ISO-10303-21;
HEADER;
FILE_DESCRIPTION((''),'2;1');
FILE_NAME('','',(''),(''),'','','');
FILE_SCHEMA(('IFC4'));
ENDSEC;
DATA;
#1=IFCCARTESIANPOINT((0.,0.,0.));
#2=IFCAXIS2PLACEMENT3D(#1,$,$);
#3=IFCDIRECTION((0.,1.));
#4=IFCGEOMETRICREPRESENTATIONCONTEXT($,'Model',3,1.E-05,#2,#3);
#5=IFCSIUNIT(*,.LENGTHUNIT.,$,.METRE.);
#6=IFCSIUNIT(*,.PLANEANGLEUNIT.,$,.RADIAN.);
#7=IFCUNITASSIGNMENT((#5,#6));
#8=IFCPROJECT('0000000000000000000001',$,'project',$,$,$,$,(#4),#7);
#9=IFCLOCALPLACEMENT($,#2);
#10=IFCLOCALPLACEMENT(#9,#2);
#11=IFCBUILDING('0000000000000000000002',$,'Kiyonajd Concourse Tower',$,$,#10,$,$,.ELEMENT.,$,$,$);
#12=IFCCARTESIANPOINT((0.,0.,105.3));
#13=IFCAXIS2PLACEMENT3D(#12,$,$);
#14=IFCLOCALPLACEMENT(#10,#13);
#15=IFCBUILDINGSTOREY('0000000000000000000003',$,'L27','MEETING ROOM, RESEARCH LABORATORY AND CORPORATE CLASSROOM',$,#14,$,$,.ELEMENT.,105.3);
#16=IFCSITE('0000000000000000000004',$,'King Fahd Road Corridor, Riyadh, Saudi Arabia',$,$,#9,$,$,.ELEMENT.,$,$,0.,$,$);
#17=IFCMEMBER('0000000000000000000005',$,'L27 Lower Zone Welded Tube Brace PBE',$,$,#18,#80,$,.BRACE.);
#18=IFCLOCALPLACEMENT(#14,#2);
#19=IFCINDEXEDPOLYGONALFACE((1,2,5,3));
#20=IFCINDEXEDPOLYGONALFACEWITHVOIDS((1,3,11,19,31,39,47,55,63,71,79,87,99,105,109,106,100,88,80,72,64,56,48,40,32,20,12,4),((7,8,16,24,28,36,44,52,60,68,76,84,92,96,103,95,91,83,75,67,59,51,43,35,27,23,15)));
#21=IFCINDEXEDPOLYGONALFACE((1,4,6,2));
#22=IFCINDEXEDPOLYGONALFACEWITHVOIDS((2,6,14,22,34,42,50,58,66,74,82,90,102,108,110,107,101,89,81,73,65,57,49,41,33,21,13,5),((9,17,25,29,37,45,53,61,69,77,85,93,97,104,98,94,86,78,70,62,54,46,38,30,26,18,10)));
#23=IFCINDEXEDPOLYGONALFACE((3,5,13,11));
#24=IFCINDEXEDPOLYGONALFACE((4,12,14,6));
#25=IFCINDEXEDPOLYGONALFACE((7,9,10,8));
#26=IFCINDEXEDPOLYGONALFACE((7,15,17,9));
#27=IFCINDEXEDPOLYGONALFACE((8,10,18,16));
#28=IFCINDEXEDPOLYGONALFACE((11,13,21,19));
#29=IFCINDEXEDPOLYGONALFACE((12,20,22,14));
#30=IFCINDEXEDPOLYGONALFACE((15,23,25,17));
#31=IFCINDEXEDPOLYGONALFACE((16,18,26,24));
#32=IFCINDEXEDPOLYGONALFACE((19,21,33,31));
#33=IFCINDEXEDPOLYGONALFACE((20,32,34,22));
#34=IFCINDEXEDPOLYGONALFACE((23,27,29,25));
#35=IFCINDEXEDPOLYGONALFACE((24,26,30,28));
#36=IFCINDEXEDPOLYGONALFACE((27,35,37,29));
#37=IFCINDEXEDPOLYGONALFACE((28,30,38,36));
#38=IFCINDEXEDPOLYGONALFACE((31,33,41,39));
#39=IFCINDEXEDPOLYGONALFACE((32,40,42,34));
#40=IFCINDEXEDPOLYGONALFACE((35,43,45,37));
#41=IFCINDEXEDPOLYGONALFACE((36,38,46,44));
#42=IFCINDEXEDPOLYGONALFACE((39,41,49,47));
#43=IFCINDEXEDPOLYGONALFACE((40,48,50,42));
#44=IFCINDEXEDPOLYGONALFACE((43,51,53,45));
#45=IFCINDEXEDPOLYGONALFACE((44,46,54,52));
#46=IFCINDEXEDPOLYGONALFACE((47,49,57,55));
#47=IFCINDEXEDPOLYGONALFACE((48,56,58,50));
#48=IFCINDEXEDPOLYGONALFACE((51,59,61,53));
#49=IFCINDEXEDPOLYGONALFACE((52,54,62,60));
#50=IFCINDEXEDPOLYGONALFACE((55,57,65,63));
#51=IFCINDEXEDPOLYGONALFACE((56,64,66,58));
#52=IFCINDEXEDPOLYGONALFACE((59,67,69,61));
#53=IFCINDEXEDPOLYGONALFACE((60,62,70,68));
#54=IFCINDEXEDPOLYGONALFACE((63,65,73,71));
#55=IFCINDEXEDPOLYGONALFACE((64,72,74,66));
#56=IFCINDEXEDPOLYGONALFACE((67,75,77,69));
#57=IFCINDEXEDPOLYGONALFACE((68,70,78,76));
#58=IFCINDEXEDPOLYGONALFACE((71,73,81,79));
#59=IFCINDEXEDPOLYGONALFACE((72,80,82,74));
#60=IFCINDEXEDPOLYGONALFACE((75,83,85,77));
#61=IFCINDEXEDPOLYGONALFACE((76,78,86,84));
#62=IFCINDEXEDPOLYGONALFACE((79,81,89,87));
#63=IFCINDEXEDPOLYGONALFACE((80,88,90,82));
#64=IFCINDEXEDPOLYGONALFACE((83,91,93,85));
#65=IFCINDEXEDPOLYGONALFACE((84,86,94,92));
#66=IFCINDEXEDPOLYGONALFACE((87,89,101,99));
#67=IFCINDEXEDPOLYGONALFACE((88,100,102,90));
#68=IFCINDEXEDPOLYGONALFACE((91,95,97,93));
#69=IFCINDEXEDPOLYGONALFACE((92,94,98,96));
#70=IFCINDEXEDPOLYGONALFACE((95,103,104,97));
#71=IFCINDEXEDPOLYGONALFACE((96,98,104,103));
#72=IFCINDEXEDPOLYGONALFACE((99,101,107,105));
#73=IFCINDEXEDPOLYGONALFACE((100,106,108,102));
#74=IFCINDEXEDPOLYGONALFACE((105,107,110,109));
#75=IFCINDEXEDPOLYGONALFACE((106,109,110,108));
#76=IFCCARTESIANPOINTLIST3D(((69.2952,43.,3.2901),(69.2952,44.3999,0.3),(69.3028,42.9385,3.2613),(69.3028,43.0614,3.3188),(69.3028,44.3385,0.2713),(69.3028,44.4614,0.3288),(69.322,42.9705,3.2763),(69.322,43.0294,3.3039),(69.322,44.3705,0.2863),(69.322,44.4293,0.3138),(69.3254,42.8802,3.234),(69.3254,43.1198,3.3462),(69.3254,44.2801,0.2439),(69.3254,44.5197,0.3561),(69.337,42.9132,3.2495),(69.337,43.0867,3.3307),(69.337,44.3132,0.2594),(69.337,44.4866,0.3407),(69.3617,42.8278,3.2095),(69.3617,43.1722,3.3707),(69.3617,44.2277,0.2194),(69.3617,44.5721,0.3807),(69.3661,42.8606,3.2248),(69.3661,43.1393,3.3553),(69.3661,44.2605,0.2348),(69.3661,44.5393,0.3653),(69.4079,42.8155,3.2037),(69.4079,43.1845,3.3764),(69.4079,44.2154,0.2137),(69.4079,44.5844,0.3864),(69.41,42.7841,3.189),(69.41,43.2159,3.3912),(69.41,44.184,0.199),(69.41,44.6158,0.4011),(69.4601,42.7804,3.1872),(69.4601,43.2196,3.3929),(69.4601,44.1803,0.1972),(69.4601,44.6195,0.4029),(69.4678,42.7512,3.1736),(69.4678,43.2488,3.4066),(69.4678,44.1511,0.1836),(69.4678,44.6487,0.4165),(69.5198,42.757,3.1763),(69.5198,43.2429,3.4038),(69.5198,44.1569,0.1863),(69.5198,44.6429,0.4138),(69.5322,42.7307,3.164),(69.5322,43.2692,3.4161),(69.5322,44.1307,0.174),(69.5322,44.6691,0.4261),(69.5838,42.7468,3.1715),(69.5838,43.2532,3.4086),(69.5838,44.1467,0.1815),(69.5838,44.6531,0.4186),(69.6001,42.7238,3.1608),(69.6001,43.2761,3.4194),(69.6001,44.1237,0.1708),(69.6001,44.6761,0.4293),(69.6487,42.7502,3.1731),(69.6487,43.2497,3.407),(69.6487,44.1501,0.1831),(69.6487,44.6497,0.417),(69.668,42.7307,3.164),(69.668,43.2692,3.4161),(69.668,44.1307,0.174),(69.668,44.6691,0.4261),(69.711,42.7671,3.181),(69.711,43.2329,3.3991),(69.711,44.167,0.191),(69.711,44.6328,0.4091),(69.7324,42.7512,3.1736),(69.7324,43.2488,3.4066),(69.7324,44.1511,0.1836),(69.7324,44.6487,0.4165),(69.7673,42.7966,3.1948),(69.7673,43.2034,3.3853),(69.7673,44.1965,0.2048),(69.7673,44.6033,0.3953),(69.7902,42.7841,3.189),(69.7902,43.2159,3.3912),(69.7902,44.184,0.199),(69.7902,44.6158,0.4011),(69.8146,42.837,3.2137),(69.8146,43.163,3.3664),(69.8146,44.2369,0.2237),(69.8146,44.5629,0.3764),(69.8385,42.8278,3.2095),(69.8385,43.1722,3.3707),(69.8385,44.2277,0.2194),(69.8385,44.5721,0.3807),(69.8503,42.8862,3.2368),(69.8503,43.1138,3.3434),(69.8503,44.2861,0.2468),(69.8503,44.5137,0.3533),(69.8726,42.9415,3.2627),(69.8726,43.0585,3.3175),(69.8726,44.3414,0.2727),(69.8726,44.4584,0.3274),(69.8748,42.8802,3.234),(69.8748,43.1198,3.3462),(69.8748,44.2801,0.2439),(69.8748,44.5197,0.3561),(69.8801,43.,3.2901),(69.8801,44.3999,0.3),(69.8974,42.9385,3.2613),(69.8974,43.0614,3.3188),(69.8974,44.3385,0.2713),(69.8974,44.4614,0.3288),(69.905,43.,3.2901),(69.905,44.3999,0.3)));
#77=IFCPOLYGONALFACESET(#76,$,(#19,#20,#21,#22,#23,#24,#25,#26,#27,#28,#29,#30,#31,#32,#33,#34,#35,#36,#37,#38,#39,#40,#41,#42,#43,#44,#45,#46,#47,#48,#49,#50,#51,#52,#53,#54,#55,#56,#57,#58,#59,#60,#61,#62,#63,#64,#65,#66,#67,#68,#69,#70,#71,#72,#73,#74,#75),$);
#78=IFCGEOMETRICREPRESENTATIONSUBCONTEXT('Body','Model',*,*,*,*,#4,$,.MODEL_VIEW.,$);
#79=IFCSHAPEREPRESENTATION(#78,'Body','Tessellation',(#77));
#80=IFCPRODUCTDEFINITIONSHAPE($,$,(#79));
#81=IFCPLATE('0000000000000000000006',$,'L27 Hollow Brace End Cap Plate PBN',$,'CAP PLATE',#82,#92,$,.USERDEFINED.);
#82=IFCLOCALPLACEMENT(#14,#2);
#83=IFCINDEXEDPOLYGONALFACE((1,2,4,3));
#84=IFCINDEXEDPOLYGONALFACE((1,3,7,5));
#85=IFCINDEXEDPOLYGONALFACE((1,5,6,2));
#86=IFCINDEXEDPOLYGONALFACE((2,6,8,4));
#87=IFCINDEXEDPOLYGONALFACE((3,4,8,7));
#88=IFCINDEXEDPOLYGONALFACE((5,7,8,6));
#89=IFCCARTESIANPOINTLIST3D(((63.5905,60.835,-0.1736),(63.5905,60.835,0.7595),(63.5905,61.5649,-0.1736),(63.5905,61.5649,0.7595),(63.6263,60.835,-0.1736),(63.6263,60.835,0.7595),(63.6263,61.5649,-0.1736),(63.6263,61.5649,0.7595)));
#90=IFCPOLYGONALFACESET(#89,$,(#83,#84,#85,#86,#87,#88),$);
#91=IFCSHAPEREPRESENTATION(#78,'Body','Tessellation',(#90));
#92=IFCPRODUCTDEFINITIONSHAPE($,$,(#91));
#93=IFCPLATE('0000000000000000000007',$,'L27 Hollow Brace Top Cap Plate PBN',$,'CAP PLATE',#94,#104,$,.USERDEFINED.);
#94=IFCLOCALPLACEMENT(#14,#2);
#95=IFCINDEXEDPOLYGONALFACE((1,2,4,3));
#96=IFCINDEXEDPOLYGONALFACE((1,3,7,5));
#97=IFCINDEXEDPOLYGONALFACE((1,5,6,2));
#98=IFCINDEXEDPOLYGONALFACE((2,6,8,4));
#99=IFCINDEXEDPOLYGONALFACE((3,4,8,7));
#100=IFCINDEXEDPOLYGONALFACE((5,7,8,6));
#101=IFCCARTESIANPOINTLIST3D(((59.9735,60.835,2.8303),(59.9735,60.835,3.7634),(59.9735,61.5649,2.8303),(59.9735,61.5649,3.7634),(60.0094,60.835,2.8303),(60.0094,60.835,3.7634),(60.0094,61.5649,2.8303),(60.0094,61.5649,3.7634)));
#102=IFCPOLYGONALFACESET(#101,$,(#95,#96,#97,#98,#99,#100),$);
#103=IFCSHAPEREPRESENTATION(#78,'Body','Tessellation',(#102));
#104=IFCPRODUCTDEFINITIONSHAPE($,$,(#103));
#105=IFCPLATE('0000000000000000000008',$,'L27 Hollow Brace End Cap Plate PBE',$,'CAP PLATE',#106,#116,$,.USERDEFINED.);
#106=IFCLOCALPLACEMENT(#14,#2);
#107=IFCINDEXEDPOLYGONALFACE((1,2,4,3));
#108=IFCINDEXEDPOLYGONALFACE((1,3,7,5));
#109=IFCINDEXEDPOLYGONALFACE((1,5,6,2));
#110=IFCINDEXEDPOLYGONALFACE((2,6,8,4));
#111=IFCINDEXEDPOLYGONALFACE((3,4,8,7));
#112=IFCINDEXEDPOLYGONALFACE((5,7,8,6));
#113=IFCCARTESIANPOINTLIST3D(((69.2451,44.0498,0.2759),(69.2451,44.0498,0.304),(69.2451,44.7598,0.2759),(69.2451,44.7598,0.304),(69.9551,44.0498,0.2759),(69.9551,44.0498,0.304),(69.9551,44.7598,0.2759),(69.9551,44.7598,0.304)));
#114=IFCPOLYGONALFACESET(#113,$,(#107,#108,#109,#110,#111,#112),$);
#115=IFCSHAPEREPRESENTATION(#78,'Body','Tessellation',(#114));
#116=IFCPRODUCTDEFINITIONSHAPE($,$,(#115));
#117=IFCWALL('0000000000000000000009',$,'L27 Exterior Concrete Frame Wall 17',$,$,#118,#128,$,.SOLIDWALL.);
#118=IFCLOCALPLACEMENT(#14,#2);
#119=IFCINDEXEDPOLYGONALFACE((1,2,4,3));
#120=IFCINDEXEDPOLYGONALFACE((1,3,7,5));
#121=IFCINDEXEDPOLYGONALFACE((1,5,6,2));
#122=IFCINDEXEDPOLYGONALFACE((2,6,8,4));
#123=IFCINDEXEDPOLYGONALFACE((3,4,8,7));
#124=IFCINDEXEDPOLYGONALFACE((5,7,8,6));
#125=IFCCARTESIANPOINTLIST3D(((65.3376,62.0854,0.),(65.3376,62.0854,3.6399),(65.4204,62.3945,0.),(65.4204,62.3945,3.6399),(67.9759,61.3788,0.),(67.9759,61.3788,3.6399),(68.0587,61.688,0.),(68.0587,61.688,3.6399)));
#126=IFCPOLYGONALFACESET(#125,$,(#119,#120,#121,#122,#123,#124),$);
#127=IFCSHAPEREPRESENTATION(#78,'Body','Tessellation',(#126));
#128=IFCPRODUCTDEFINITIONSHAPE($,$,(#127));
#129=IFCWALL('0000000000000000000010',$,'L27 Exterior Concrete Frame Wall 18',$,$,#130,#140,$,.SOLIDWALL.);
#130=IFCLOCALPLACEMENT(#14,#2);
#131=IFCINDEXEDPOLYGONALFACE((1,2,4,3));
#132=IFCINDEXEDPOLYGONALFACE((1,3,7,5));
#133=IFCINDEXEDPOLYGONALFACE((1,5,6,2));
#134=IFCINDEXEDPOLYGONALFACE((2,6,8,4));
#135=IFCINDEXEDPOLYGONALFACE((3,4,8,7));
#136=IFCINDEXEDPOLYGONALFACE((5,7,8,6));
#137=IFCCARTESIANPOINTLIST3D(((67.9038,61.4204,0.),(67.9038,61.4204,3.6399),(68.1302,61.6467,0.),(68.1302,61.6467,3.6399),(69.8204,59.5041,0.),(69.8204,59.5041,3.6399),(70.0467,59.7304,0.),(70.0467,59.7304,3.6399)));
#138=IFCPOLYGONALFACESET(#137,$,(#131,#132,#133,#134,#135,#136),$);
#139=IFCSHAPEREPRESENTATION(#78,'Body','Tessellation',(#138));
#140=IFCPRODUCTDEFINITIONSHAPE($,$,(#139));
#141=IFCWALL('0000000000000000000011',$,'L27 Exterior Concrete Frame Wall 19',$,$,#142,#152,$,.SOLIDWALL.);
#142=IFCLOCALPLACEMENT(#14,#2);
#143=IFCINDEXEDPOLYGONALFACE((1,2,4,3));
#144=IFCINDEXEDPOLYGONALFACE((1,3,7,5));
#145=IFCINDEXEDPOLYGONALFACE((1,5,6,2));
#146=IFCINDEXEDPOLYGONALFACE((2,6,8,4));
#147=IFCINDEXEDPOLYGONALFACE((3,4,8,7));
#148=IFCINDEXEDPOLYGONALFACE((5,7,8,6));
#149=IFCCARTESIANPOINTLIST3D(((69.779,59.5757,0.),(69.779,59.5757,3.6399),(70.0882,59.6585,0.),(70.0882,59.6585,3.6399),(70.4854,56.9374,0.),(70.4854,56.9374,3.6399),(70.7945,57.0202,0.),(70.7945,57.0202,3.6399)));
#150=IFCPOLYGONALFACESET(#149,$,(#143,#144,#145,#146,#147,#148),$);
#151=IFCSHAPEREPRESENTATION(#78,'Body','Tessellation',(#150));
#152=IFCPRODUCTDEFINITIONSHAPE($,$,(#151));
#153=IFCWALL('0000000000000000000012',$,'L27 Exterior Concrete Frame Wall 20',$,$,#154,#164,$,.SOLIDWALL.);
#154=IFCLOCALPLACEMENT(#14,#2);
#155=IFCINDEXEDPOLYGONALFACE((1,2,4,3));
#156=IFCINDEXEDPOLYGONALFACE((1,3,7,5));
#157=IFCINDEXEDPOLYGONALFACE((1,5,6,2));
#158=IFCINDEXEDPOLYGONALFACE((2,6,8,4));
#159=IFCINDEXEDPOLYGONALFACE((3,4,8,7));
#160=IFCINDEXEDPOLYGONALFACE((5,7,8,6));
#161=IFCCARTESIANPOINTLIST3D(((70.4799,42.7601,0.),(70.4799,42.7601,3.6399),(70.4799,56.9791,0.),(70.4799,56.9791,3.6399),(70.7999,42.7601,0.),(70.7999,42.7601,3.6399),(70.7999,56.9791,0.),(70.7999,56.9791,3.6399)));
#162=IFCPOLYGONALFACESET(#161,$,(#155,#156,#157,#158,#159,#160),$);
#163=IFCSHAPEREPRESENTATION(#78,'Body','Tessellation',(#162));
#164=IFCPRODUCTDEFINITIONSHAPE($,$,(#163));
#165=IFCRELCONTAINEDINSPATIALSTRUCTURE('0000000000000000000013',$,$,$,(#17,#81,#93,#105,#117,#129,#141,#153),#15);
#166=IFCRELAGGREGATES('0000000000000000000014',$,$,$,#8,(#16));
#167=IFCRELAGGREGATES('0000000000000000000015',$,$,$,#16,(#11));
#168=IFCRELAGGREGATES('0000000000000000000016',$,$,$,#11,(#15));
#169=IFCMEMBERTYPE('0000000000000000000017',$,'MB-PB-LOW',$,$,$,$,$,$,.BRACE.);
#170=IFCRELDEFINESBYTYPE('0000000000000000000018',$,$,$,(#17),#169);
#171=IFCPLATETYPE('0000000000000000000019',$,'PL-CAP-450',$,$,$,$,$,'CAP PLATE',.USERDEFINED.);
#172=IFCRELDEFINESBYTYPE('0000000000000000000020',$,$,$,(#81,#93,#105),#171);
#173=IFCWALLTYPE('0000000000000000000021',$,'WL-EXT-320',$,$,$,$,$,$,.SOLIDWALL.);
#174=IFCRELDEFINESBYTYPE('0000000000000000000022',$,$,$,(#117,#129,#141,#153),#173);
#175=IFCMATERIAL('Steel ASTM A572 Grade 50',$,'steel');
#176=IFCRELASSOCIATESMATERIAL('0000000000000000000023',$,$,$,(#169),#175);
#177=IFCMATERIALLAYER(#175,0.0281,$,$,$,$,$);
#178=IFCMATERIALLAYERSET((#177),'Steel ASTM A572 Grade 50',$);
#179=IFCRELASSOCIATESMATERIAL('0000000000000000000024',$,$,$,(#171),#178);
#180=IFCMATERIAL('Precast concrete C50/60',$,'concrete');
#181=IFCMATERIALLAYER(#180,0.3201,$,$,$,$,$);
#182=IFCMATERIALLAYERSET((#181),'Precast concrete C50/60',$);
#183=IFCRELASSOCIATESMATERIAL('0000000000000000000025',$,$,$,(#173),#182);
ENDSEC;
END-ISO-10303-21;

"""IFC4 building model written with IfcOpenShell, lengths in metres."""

from ifc_helpers import new_model, si_unit, direction, frame, frame_2d, origin, origin_2d, place, context, subcontext, project, spatial, rectangle, hollow_circle, extrude, material, layer, layer_set, material_profile, profile_set, type_object, element, save


model = new_model("IFC4")

# Units and contexts
model_context = context("Model", 3, precision=1e-05, world=origin(), true_north=direction((0.0, 1.0)))
body_context = subcontext(model_context, "Body", "Model", "MODEL_VIEW")
ifc_project = project(units=[si_unit("LENGTHUNIT", "METRE"), si_unit("PLANEANGLEUNIT", "RADIAN")], contexts=[model_context])

# Site, building, storey
site_placement = place(None, origin())
site = spatial("IfcSite", under=ifc_project, at=site_placement, Name="King Fahd Road Corridor, Riyadh, Saudi Arabia", CompositionType="ELEMENT", RefElevation=0.0)
building_placement = place(site_placement, origin())
building = spatial("IfcBuilding", under=site, at=building_placement, Name="Kiyonajd Concourse Tower", CompositionType="ELEMENT")
storey_placement = place(building_placement, frame((0.0, 0.0, 105.3)))
storey = spatial("IfcBuildingStorey", under=building, at=storey_placement, Name="L27", Description="MEETING ROOM, RESEARCH LABORATORY AND CORPORATE CLASSROOM", CompositionType="ELEMENT", Elevation=105.3)

# Shared definitions
ifc_material_1 = material(Name="Precast concrete C50/60", Category="concrete")

# Member
ifc_material_2 = material(Name="Steel ASTM A572 Grade 50", Category="steel")
ifc_material_profile_1 = material_profile(ifc_material_2, hollow_circle(Radius=0.3049, WallThickness=0.0249, at=origin_2d()), Name="CHS-610x25")
ifc_profile_set_1 = profile_set([ifc_material_profile_1], Name="Steel ASTM A572 Grade 50")
member_type = type_object("IfcMemberType", Name="MB-PB-LOW", PredefinedType="BRACE", material=ifc_profile_set_1)
member_1_placement = place(storey_placement, frame((69.6001, 44.3999, 0.3), z_axis=(0.0, -0.424023, 0.905652), x_axis=(1.0, 0.0, 0.0)))
element("IfcMember", 1, at=member_1_placement, inside=storey, type_object=member_type, Name="L27 Lower Zone Welded Tube Brace PBE", PredefinedType="BRACE", context=body_context, shape_type="SweptSolid", body=[
    extrude(hollow_circle(Radius=0.3049, WallThickness=0.0249, at=origin_2d()), origin(), (0.0, 0.0, 1.0), 3.3015),
])

# Plates
ifc_layer_1 = layer(ifc_material_2, 0.0281)
ifc_layer_set_1 = layer_set([ifc_layer_1], Name="Steel ASTM A572 Grade 50")
plate_type = type_object("IfcPlateType", Name="PL-CAP-450", ElementType="CAP PLATE", PredefinedType="USERDEFINED", material=ifc_layer_set_1)
for number, where, z_axis, x_axis, name in (
    (2, (63.6084, 61.2, -0.1736), (0.0, 0.0, 1.0), (1.0, 0.0, 0.0), "L27 Hollow Brace End Cap Plate PBN"),
    (3, (59.9915, 61.2, 2.8303), (0.0, 0.0, 1.0), (-1.0, 0.0, 0.0), "L27 Hollow Brace Top Cap Plate PBN"),
):
    element("IfcPlate", number, at=place(storey_placement, frame(where, z_axis=z_axis, x_axis=x_axis)), inside=storey, type_object=plate_type, Name=name, ObjectType="CAP PLATE", PredefinedType="USERDEFINED", context=body_context, shape_type="SweptSolid", body=[
        extrude(rectangle(XDim=0.0359, YDim=0.73, at=origin_2d()), origin(), (0.0, 0.0, 1.0), 0.9331),
    ])
plate_placement = place(storey_placement, frame((69.6001, 44.4048, 0.2759), z_axis=(0.0, 0.0, 1.0), x_axis=(1.0, 0.0, 0.0)))
element("IfcPlate", 4, at=plate_placement, inside=storey, type_object=plate_type, Name="L27 Hollow Brace End Cap Plate PBE", ObjectType="CAP PLATE", PredefinedType="USERDEFINED", context=body_context, shape_type="SweptSolid", body=[
    extrude(rectangle(XDim=0.71, YDim=0.71, at=origin_2d()), origin(), (0.0, 0.0, 1.0), 0.0281),
])

# Walls
ifc_layer_2 = layer(ifc_material_1, 0.3201)
ifc_layer_set_2 = layer_set([ifc_layer_2], Name="Precast concrete C50/60")
wall_type = type_object("IfcWallType", Name="WL-EXT-320", PredefinedType="SOLIDWALL", material=ifc_layer_set_2)
wall_1_placement = place(storey_placement, frame((65.3789, 62.24, 0.0), z_axis=(0.0, 0.0, 1.0), x_axis=(0.965958, -0.258697, 0.0)))
element("IfcWall", 5, at=wall_1_placement, inside=storey, type_object=wall_type, Name="L27 Exterior Concrete Frame Wall 17", PredefinedType="SOLIDWALL", context=body_context, shape_type="SweptSolid", body=[
    extrude(rectangle(XDim=2.7312, YDim=0.3201, at=frame_2d((1.3657, 0.0))), origin(), (0.0, 0.0, 1.0), 3.6399),
])
wall_2_placement = place(storey_placement, frame((68.0171, 61.5334, 0.0), z_axis=(0.0, 0.0, 1.0), x_axis=(0.707152, -0.707062, 0.0)))
element("IfcWall", 6, at=wall_2_placement, inside=storey, type_object=wall_type, Name="L27 Exterior Concrete Frame Wall 18", PredefinedType="SOLIDWALL", context=body_context, shape_type="SweptSolid", body=[
    extrude(rectangle(XDim=2.7102, YDim=0.3201, at=frame_2d((1.355, 0.0))), origin(), (0.0, 0.0, 1.0), 3.6399),
])
wall_3_placement = place(storey_placement, frame((69.9336, 59.6172, 0.0), z_axis=(0.0, 0.0, 1.0), x_axis=(0.258614, -0.965981, 0.0)))
element("IfcWall", 7, at=wall_3_placement, inside=storey, type_object=wall_type, Name="L27 Exterior Concrete Frame Wall 19", PredefinedType="SOLIDWALL", context=body_context, shape_type="SweptSolid", body=[
    extrude(rectangle(XDim=2.7312, YDim=0.3201, at=frame_2d((1.3657, 0.0))), origin(), (0.0, 0.0, 1.0), 3.6399),
])
wall_4_placement = place(storey_placement, frame((70.6399, 56.979, 0.0), z_axis=(0.0, 0.0, 1.0), x_axis=(0.0, -1.0, 0.0)))
element("IfcWall", 8, at=wall_4_placement, inside=storey, type_object=wall_type, Name="L27 Exterior Concrete Frame Wall 20", PredefinedType="SOLIDWALL", context=body_context, shape_type="SweptSolid", body=[
    extrude(rectangle(XDim=14.219, YDim=0.3201, at=frame_2d((7.1094, 0.0))), origin(), (0.0, 0.0, 1.0), 3.6399),
])

save(model, "model.ifc")
